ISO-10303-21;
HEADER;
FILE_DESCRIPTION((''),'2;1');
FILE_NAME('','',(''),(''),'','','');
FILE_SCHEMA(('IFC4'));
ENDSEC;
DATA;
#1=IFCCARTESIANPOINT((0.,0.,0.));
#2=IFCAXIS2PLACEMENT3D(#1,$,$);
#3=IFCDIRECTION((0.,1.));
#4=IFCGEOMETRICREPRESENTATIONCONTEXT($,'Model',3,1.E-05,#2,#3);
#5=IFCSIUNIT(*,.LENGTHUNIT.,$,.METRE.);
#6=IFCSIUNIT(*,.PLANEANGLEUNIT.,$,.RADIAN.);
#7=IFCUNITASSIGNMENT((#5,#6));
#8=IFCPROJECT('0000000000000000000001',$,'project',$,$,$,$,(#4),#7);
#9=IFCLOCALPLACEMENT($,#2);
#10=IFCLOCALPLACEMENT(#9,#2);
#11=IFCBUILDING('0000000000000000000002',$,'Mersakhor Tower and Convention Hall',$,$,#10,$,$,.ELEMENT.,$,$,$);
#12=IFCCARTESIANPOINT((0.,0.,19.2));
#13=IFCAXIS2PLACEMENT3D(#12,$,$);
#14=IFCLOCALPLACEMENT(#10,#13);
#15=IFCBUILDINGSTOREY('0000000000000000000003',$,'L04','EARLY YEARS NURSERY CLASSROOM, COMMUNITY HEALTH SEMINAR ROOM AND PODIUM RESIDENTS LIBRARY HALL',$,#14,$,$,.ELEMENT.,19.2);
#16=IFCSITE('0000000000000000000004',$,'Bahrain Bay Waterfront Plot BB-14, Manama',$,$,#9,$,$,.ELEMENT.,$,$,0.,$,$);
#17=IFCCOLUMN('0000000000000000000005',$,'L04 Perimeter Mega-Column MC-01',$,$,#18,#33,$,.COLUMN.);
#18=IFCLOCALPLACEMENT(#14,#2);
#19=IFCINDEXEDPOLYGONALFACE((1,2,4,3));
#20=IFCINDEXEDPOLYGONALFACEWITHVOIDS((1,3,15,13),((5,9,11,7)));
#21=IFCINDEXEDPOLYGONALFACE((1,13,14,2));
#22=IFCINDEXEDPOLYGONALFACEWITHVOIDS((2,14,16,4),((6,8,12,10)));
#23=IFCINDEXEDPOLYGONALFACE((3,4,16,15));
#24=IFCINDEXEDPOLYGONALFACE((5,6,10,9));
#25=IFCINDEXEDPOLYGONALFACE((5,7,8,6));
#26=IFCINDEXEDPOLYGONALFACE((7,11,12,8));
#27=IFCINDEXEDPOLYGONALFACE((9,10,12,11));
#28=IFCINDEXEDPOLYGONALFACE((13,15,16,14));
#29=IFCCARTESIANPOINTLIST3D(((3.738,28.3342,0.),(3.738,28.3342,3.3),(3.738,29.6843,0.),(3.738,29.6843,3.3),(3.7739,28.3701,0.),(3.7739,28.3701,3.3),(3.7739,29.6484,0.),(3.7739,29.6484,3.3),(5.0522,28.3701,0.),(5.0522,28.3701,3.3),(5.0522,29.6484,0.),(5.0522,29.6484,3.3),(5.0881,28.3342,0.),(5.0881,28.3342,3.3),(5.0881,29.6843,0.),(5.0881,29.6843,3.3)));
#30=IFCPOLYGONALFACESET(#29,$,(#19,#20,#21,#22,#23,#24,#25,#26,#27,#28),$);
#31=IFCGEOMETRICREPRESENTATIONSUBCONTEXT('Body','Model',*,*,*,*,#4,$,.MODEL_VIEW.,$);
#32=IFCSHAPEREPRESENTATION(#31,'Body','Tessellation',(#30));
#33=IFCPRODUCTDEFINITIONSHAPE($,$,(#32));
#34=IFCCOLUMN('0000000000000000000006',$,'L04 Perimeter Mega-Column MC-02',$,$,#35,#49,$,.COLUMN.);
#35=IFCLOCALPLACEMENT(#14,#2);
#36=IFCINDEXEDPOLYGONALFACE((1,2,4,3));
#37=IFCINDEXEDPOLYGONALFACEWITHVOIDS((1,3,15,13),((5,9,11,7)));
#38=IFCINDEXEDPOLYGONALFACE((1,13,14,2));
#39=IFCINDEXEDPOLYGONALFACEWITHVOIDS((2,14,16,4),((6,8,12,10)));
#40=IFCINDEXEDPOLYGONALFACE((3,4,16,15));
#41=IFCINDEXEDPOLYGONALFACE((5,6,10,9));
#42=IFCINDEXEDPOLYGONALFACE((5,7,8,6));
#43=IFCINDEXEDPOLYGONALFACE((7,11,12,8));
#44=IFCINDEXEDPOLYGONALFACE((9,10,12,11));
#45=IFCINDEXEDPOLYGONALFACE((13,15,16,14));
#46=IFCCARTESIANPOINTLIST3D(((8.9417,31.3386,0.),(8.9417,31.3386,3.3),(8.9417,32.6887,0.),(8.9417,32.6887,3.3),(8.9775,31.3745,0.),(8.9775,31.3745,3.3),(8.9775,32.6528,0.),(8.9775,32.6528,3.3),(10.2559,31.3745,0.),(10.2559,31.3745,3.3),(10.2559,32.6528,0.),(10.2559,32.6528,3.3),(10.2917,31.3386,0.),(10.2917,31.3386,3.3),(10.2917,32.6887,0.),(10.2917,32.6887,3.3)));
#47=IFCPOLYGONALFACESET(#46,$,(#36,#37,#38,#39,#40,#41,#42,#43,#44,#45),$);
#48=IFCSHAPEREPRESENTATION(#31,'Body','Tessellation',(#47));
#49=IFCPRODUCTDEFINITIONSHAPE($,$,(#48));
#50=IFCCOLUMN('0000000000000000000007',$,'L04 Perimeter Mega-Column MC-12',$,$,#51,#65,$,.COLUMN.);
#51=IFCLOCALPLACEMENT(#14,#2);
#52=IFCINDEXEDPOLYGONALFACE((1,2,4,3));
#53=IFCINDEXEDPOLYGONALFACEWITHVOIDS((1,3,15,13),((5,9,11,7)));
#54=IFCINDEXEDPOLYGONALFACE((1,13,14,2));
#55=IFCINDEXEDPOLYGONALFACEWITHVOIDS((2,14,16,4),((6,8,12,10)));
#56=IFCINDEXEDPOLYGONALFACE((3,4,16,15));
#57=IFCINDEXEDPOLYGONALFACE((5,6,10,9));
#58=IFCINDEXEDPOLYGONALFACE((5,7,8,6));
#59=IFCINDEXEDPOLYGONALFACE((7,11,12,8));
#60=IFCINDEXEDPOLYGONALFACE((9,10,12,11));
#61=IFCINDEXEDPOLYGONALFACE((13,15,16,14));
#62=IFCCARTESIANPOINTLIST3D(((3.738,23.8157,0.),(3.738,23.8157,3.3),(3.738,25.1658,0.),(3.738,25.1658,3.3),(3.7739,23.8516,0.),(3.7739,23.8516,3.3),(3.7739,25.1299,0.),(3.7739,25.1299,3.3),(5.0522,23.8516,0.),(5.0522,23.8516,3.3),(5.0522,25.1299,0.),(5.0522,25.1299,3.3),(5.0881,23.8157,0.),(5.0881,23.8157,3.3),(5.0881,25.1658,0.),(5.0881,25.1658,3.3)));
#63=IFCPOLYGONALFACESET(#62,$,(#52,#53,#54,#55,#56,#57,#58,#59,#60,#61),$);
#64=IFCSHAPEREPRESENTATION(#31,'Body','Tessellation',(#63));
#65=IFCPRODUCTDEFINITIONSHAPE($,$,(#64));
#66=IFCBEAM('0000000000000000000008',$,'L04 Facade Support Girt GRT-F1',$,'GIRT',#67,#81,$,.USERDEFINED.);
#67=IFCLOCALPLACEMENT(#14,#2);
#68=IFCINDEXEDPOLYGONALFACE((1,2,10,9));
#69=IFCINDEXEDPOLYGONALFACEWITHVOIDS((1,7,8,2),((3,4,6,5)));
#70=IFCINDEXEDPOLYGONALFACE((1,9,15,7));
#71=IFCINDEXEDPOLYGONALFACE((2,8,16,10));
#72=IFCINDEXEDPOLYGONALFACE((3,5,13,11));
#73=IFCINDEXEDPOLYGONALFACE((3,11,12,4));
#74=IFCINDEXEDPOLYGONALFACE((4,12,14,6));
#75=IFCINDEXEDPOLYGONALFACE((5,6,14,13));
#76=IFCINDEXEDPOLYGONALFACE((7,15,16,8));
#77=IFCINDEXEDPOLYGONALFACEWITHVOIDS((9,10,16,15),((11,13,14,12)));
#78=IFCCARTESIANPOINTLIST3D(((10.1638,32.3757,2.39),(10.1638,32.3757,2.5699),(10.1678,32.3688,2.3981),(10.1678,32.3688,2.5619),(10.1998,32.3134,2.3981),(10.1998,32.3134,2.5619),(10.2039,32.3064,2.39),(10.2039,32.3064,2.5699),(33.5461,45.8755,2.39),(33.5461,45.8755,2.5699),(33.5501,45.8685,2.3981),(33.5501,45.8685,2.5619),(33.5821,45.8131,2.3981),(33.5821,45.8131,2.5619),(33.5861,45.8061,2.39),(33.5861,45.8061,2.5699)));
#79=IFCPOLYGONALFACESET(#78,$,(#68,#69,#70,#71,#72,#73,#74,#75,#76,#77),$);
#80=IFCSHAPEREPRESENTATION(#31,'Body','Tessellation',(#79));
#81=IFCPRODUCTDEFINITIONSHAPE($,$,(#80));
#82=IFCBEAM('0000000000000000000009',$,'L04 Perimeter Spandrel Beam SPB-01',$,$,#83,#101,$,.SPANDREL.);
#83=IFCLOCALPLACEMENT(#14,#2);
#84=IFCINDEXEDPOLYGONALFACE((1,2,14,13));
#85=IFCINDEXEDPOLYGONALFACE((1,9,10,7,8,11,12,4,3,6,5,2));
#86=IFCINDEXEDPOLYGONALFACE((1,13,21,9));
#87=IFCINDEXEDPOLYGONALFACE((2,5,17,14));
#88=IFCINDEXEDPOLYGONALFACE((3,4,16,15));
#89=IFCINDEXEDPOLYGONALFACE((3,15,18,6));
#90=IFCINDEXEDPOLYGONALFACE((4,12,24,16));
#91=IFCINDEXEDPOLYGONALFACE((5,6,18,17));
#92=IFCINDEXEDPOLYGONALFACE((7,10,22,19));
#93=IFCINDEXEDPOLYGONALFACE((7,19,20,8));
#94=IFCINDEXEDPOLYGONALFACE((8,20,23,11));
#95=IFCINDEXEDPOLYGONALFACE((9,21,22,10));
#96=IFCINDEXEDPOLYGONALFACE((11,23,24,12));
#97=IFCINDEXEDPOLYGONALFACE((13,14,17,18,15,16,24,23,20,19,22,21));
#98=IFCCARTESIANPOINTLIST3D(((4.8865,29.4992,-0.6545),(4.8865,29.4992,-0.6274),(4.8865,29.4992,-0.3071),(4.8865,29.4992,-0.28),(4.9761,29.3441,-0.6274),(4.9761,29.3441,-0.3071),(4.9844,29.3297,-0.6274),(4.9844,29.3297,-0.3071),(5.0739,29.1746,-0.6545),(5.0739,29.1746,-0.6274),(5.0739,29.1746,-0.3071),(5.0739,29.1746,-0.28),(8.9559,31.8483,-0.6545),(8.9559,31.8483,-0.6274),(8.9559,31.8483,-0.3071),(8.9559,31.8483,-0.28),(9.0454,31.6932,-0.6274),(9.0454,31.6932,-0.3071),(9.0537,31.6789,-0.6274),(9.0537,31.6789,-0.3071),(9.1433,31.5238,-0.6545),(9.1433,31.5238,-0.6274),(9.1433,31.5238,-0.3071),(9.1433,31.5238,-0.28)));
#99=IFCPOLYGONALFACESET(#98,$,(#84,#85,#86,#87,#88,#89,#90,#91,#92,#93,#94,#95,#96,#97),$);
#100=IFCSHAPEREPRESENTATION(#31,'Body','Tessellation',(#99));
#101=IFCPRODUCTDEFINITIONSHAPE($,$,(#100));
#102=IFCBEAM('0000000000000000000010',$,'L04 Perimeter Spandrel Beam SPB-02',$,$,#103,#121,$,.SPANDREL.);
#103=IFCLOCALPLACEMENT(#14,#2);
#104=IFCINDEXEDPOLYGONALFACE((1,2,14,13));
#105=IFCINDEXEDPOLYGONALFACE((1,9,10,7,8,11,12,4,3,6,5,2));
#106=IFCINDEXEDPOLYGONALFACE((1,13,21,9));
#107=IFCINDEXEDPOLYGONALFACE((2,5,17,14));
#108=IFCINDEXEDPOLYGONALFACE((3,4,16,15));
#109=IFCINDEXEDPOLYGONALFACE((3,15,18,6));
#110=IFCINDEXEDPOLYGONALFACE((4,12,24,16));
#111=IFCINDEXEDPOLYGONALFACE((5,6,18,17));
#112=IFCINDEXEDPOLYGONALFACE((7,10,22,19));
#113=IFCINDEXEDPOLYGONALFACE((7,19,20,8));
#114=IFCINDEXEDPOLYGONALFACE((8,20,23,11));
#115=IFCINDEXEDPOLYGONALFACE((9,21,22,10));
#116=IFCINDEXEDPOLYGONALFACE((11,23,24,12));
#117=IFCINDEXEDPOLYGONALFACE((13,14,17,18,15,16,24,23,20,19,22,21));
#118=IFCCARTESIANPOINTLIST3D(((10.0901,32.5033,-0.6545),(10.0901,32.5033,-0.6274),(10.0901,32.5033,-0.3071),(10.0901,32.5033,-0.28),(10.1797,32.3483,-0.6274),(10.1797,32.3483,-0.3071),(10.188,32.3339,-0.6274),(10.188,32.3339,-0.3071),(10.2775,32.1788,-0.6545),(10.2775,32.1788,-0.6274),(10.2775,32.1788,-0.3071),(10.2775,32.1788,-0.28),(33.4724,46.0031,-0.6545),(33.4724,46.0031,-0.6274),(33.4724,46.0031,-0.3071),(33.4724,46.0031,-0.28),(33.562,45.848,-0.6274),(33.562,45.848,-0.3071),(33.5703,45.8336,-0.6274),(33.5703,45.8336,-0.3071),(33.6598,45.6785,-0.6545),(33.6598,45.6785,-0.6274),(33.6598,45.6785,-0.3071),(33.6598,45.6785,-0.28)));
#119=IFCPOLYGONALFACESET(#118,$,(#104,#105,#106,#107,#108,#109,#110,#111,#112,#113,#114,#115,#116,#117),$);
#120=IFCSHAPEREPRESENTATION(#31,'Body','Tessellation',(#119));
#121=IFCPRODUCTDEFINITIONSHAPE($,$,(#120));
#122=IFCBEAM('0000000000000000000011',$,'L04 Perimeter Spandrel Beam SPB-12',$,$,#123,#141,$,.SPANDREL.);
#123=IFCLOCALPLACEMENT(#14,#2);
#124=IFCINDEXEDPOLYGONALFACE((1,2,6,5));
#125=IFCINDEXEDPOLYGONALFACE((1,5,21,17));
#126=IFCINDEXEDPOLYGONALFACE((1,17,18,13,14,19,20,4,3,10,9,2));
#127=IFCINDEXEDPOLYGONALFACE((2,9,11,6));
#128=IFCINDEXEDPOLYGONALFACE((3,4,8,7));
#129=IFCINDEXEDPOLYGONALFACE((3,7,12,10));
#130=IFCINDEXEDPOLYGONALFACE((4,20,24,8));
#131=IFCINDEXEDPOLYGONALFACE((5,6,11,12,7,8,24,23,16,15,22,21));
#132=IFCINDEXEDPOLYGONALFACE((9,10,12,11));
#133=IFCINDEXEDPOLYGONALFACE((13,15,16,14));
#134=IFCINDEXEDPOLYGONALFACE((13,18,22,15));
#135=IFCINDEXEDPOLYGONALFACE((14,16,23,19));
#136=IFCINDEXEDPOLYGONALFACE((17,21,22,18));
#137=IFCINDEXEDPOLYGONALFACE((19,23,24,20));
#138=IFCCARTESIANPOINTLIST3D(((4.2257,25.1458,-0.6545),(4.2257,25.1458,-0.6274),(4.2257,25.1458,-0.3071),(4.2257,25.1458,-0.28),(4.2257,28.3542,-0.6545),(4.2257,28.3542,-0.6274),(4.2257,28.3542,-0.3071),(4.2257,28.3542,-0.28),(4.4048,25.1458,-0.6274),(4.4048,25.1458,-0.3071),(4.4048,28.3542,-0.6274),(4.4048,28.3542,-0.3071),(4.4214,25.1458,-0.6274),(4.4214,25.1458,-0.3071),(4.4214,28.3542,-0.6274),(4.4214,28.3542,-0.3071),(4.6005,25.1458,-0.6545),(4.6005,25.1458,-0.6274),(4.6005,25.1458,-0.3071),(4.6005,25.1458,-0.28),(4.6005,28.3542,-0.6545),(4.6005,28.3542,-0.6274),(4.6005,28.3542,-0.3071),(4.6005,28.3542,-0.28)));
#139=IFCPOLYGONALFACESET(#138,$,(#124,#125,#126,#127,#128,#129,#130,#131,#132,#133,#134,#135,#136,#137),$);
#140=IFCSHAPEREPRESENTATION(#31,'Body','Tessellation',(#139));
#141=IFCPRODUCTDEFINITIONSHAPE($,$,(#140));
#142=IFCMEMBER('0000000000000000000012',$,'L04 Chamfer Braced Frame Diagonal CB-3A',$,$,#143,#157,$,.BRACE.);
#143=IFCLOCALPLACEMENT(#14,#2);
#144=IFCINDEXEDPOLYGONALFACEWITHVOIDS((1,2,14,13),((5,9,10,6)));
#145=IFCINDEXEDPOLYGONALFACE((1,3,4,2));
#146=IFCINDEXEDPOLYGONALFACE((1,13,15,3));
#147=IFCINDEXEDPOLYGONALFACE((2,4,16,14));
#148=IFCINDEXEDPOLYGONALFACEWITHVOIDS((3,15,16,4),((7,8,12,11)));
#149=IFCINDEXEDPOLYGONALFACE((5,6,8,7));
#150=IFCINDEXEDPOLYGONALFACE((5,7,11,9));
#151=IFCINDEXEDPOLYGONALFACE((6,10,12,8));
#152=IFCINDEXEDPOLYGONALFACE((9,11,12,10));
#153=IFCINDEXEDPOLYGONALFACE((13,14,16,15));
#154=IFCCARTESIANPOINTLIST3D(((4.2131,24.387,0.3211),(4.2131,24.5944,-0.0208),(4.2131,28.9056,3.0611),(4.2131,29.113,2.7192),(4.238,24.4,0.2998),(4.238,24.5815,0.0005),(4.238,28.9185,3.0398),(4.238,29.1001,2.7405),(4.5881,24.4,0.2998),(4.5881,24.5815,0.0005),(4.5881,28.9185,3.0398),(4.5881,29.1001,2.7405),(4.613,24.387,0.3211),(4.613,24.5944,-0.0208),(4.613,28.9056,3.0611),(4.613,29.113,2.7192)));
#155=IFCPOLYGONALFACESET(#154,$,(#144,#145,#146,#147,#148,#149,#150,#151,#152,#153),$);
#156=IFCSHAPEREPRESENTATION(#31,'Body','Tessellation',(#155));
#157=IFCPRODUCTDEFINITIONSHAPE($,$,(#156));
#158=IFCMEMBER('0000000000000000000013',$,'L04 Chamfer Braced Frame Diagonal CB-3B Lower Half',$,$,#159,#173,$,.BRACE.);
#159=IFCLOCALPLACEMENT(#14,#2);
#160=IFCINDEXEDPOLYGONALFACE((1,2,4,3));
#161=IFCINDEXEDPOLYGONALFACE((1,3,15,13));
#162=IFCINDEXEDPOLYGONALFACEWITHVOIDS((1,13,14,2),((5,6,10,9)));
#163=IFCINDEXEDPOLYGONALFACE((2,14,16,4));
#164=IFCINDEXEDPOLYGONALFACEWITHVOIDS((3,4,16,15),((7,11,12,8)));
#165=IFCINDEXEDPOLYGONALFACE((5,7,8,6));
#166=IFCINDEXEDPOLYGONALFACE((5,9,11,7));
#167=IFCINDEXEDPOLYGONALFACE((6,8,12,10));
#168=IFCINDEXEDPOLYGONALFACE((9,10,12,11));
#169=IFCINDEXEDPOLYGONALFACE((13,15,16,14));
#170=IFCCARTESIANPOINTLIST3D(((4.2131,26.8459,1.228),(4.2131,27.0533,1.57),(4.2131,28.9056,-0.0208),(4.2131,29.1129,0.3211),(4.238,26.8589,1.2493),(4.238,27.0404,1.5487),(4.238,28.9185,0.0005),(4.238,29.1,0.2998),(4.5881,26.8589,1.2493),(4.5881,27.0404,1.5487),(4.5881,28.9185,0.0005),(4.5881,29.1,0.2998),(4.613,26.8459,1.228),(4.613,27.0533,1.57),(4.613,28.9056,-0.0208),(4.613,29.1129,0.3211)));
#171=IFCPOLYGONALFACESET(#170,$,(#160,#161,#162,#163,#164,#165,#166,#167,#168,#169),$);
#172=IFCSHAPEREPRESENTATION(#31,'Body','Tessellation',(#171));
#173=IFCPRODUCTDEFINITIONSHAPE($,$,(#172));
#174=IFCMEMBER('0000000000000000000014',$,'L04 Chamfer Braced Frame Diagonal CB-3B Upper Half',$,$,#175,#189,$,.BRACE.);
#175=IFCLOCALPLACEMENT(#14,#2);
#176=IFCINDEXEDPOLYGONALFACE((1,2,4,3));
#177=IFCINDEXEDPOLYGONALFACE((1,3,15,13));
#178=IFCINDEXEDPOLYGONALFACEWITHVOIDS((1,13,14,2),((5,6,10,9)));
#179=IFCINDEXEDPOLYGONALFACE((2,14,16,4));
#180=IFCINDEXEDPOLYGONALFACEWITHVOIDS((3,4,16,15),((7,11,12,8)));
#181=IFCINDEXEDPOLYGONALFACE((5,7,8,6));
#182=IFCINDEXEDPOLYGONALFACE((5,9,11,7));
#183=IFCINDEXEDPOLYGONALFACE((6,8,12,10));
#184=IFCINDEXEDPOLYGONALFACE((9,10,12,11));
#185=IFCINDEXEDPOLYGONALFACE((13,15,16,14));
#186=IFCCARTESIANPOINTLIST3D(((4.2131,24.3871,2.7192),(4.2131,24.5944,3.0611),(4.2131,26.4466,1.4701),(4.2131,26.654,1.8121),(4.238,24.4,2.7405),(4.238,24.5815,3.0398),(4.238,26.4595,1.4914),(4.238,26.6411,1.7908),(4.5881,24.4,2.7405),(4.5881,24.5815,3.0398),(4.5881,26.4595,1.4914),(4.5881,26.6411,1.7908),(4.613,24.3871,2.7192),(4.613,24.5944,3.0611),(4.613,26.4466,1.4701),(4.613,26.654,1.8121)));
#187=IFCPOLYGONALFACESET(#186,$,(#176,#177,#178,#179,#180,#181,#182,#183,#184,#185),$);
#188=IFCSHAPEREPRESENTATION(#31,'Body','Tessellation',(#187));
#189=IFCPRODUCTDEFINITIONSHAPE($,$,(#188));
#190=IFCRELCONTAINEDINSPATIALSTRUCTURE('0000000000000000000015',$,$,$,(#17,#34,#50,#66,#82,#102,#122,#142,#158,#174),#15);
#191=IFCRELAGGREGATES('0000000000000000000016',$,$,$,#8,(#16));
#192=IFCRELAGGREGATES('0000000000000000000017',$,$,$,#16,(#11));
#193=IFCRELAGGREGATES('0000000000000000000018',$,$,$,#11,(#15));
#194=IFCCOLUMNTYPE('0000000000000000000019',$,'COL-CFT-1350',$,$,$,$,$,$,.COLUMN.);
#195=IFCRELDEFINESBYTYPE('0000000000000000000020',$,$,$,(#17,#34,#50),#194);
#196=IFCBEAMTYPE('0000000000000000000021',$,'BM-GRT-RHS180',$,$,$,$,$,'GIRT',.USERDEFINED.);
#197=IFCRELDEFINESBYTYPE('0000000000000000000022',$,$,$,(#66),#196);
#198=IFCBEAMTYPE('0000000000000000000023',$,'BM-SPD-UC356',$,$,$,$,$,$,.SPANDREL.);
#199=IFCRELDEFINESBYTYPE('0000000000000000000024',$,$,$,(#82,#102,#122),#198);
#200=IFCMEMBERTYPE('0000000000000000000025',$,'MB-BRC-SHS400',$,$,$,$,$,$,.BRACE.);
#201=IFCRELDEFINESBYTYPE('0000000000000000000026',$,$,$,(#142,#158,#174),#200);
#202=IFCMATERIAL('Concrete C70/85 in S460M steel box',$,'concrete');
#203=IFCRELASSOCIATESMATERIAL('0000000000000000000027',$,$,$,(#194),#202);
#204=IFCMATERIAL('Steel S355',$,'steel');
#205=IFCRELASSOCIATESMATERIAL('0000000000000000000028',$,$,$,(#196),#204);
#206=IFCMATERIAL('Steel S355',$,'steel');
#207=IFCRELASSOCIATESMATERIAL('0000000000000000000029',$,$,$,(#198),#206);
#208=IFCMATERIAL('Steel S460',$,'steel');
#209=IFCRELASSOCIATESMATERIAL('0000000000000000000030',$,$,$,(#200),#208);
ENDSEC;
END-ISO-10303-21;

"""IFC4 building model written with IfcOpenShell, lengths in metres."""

from ifc_helpers import new_model, si_unit, direction, frame, origin, origin_2d, place, context, subcontext, project, spatial, hollow_rectangle, i_section, extrude, material, material_profile, profile_set, type_object, element, save


model = new_model("IFC4")

# Units and contexts
model_context = context("Model", 3, precision=1e-05, world=origin(), true_north=direction((0.0, 1.0)))
body_context = subcontext(model_context, "Body", "Model", "MODEL_VIEW")
ifc_project = project(units=[si_unit("LENGTHUNIT", "METRE"), si_unit("PLANEANGLEUNIT", "RADIAN")], contexts=[model_context])

# Site, building, storey
site_placement = place(None, origin())
site = spatial("IfcSite", under=ifc_project, at=site_placement, Name="Bahrain Bay Waterfront Plot BB-14, Manama", CompositionType="ELEMENT", RefElevation=0.0)
building_placement = place(site_placement, origin())
building = spatial("IfcBuilding", under=site, at=building_placement, Name="Mersakhor Tower and Convention Hall", CompositionType="ELEMENT")
storey_placement = place(building_placement, frame((0.0, 0.0, 19.2)))
storey = spatial("IfcBuildingStorey", under=building, at=storey_placement, Name="L04", Description="EARLY YEARS NURSERY CLASSROOM, COMMUNITY HEALTH SEMINAR ROOM AND PODIUM RESIDENTS LIBRARY HALL", CompositionType="ELEMENT", Elevation=19.2)

# Columns
ifc_material_1 = material(Name="Concrete C70/85 in S460M steel box", Category="concrete")
ifc_material_profile_1 = material_profile(ifc_material_1, hollow_rectangle(XDim=1.3501, YDim=1.3501, WallThickness=0.0359, at=origin_2d()), Name="SHS 1350x1350x36")
ifc_profile_set_1 = profile_set([ifc_material_profile_1], Name="Concrete C70/85 in S460M steel box")
column_type = type_object("IfcColumnType", Name="COL-CFT-1350", PredefinedType="COLUMN", material=ifc_profile_set_1)
for number, where, z_axis, x_axis, name in (
    (1, (4.4131, 29.0093, 0.0), (0.0, 0.0, 1.0), (1.0, 0.0, 0.0), "L04 Perimeter Mega-Column MC-01"),
    (2, (9.6167, 32.0137, 0.0), (0.0, 0.0, 1.0), (1.0, 0.0, 0.0), "L04 Perimeter Mega-Column MC-02"),
    (3, (4.4131, 24.4907, 0.0), (0.0, 0.0, 1.0), (1.0, 0.0, 0.0), "L04 Perimeter Mega-Column MC-12"),
):
    element("IfcColumn", number, at=place(storey_placement, frame(where, z_axis=z_axis, x_axis=x_axis)), inside=storey, type_object=column_type, Name=name, PredefinedType="COLUMN", context=body_context, shape_type="SweptSolid", body=[
        extrude(hollow_rectangle(XDim=1.3501, YDim=1.3501, WallThickness=0.0359, at=origin_2d()), origin(), (0.0, 0.0, 1.0), 3.3),
    ])

# Beams
ifc_material_2 = material(Name="Steel S355", Category="steel")
ifc_material_profile_2 = material_profile(ifc_material_2, hollow_rectangle(XDim=0.0801, YDim=0.1799, WallThickness=0.0081, at=origin_2d()), Name="RHS 180x80x8")
ifc_profile_set_2 = profile_set([ifc_material_profile_2], Name="Steel S355")
beam_type_1 = type_object("IfcBeamType", Name="BM-GRT-RHS180", ElementType="GIRT", PredefinedType="USERDEFINED", material=ifc_profile_set_2)
beam_1_placement = place(storey_placement, frame((10.1838, 32.3411, 2.48), z_axis=(0.866026, 0.499999, 0.0), x_axis=(-0.499999, 0.866026, 0.0)))
element("IfcBeam", 4, at=beam_1_placement, inside=storey, type_object=beam_type_1, Name="L04 Facade Support Girt GRT-F1", ObjectType="GIRT", PredefinedType="USERDEFINED", context=body_context, shape_type="SweptSolid", body=[
    extrude(hollow_rectangle(XDim=0.0801, YDim=0.1799, WallThickness=0.0081, at=origin_2d()), origin(), (0.0, 0.0, 1.0), 26.9995),
])
ifc_material_3 = material(Name="Steel S355", Category="steel")
ifc_material_profile_3 = material_profile(ifc_material_3, i_section(OverallWidth=0.3748, OverallDepth=0.3745, WebThickness=0.0166, FlangeThickness=0.0271, at=origin_2d()), Name="UC 356x368x202")
ifc_profile_set_3 = profile_set([ifc_material_profile_3], Name="Steel S355")
beam_type_2 = type_object("IfcBeamType", Name="BM-SPD-UC356", PredefinedType="SPANDREL", material=ifc_profile_set_3)
beam_2_placement = place(storey_placement, frame((4.9802, 29.3369, -0.4673), z_axis=(0.866054, 0.49995, 0.0), x_axis=(-0.49995, 0.866054, 0.0)))
element("IfcBeam", 5, at=beam_2_placement, inside=storey, type_object=beam_type_2, Name="L04 Perimeter Spandrel Beam SPB-01", PredefinedType="SPANDREL", context=body_context, shape_type="SweptSolid", body=[
    extrude(i_section(OverallWidth=0.3748, OverallDepth=0.3745, WebThickness=0.0166, FlangeThickness=0.0271, at=origin_2d()), origin(), (0.0, 0.0, 1.0), 4.6987),
])
beam_3_placement = place(storey_placement, frame((10.1838, 32.3411, -0.4673), z_axis=(0.866026, 0.499999, 0.0), x_axis=(-0.499999, 0.866026, 0.0)))
element("IfcBeam", 6, at=beam_3_placement, inside=storey, type_object=beam_type_2, Name="L04 Perimeter Spandrel Beam SPB-02", PredefinedType="SPANDREL", context=body_context, shape_type="SweptSolid", body=[
    extrude(i_section(OverallWidth=0.3748, OverallDepth=0.3745, WebThickness=0.0166, FlangeThickness=0.0271, at=origin_2d()), origin(), (0.0, 0.0, 1.0), 26.9995),
])
beam_4_placement = place(storey_placement, frame((4.4131, 25.1458, -0.4673), z_axis=(0.0, 1.0, 0.0), x_axis=(-1.0, 0.0, 0.0)))
element("IfcBeam", 7, at=beam_4_placement, inside=storey, type_object=beam_type_2, Name="L04 Perimeter Spandrel Beam SPB-12", PredefinedType="SPANDREL", context=body_context, shape_type="SweptSolid", body=[
    extrude(i_section(OverallWidth=0.3748, OverallDepth=0.3745, WebThickness=0.0166, FlangeThickness=0.0271, at=origin_2d()), origin(), (0.0, 0.0, 1.0), 3.2085),
])

# Members
ifc_material_4 = material(Name="Steel S460", Category="steel")
ifc_material_profile_4 = material_profile(ifc_material_4, hollow_rectangle(XDim=0.3999, YDim=0.3999, WallThickness=0.0249, at=origin_2d()), Name="SHS 400x400x25")
ifc_profile_set_4 = profile_set([ifc_material_profile_4], Name="Steel S460")
member_type = type_object("IfcMemberType", Name="MB-BRC-SHS400", PredefinedType="BRACE", material=ifc_profile_set_4)
member_placement = place(storey_placement, frame((4.4131, 24.4907, 0.1501), z_axis=(0.0, 0.855074, 0.518505), x_axis=(-1.0, 0.0, 0.0)))
element("IfcMember", 8, at=member_placement, inside=storey, type_object=member_type, Name="L04 Chamfer Braced Frame Diagonal CB-3A", PredefinedType="BRACE", context=body_context, shape_type="SweptSolid", body=[
    extrude(hollow_rectangle(XDim=0.3999, YDim=0.3999, WallThickness=0.0249, at=origin_2d()), origin(), (0.0, 0.0, 1.0), 5.2844),
])
for number, where, z_axis, x_axis, name in (
    (9, (4.4131, 29.0093, 0.1501), (0.0, -0.855096, 0.51847), (1.0, 0.0, 0.0), "L04 Chamfer Braced Frame Diagonal CB-3B Lower Half"),
    (10, (4.4131, 26.5503, 1.6411), (0.0, -0.855051, 0.518544), (1.0, 0.0, 0.0), "L04 Chamfer Braced Frame Diagonal CB-3B Upper Half"),
):
    element("IfcMember", number, at=place(storey_placement, frame(where, z_axis=z_axis, x_axis=x_axis)), inside=storey, type_object=member_type, Name=name, PredefinedType="BRACE", context=body_context, shape_type="SweptSolid", body=[
        extrude(hollow_rectangle(XDim=0.3999, YDim=0.3999, WallThickness=0.0249, at=origin_2d()), origin(), (0.0, 0.0, 1.0), 2.4087),
    ])

save(model, "model.ifc")
